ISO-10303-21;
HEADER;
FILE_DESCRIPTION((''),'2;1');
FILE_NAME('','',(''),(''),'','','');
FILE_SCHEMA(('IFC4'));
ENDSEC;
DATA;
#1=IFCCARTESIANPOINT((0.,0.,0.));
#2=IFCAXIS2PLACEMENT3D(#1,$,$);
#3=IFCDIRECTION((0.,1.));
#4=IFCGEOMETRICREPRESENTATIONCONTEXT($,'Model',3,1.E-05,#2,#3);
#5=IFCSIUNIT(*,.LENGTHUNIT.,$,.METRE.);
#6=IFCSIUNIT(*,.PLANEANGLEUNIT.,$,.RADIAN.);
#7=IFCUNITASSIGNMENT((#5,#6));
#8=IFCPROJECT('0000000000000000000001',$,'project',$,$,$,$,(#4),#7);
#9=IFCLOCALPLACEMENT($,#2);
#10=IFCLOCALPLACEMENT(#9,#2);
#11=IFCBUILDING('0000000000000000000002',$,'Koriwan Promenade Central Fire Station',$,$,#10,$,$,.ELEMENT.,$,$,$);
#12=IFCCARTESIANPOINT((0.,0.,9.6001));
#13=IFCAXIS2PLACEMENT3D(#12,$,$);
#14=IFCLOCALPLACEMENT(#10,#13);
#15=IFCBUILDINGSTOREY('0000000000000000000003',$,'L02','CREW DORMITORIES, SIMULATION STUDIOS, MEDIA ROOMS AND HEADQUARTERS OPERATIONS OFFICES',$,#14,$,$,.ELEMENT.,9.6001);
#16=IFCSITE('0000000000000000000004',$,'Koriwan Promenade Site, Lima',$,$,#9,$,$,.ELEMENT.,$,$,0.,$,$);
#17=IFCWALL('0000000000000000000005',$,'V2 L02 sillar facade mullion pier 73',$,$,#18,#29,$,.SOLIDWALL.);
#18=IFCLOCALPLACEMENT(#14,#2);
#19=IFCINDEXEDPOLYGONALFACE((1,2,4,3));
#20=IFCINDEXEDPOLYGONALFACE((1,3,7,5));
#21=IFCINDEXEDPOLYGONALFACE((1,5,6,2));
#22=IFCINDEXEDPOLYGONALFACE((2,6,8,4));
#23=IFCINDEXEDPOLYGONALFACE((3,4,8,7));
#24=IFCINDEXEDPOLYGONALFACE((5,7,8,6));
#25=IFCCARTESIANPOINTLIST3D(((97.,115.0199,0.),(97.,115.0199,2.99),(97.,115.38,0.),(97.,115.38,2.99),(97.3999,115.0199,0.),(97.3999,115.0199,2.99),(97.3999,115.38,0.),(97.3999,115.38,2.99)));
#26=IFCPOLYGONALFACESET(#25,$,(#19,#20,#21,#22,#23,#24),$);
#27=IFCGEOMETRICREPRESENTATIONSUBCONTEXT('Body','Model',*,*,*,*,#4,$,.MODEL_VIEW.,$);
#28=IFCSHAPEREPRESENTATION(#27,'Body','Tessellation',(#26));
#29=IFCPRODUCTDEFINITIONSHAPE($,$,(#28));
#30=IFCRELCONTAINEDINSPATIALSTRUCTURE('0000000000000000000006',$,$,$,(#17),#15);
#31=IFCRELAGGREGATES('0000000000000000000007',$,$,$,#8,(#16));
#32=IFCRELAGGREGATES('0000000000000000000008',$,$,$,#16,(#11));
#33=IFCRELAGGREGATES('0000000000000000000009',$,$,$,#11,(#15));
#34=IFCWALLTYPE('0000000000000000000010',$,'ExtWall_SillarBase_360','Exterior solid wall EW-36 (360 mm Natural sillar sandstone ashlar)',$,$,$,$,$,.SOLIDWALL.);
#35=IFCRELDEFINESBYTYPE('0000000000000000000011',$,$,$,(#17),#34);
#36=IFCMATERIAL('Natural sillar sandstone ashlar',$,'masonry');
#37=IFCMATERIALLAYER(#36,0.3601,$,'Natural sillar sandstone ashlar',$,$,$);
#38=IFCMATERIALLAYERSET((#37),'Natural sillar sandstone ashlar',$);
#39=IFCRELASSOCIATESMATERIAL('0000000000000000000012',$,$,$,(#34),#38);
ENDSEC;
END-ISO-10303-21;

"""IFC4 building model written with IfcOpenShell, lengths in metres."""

from ifc_helpers import new_model, si_unit, direction, frame, frame_2d, origin, place, context, subcontext, project, spatial, rectangle, extrude, material, layer, layer_set, type_object, element, save


model = new_model("IFC4")

# Units and contexts
model_context = context("Model", 3, precision=1e-05, world=origin(), true_north=direction((0.0, 1.0)))
body_context = subcontext(model_context, "Body", "Model", "MODEL_VIEW")
ifc_project = project(units=[si_unit("LENGTHUNIT", "METRE"), si_unit("PLANEANGLEUNIT", "RADIAN")], contexts=[model_context])

# Site, building, storey
site_placement = place(None, origin())
site = spatial("IfcSite", under=ifc_project, at=site_placement, Name="Koriwan Promenade Site, Lima", CompositionType="ELEMENT", RefElevation=0.0)
building_placement = place(site_placement, origin())
building = spatial("IfcBuilding", under=site, at=building_placement, Name="Koriwan Promenade Central Fire Station", CompositionType="ELEMENT")
storey_placement = place(building_placement, frame((0.0, 0.0, 9.6001)))
storey = spatial("IfcBuildingStorey", under=building, at=storey_placement, Name="L02", Description="CREW DORMITORIES, SIMULATION STUDIOS, MEDIA ROOMS AND HEADQUARTERS OPERATIONS OFFICES", CompositionType="ELEMENT", Elevation=9.6001)

# Wall
ifc_material_1 = material(Name="Natural sillar sandstone ashlar", Category="masonry")
ifc_layer_1 = layer(ifc_material_1, 0.3601, Name="Natural sillar sandstone ashlar")
ifc_layer_set_1 = layer_set([ifc_layer_1], Name="Natural sillar sandstone ashlar")
wall_type = type_object("IfcWallType", Name="ExtWall_SillarBase_360", Description="Exterior solid wall EW-36 (360 mm Natural sillar sandstone ashlar)", PredefinedType="SOLIDWALL", material=ifc_layer_set_1)
wall_placement = place(storey_placement, frame((97.3999, 115.2, 0.0), z_axis=(0.0, 0.0, 1.0), x_axis=(-1.0, 0.0, 0.0)))
element("IfcWall", 1, at=wall_placement, inside=storey, type_object=wall_type, Name="V2 L02 sillar facade mullion pier 73", PredefinedType="SOLIDWALL", context=body_context, shape_type="SweptSolid", body=[
    extrude(rectangle(XDim=0.3999, YDim=0.3601, at=frame_2d((0.2, 0.0))), origin(), (0.0, 0.0, 1.0), 2.99),
])

save(model, "model.ifc")
